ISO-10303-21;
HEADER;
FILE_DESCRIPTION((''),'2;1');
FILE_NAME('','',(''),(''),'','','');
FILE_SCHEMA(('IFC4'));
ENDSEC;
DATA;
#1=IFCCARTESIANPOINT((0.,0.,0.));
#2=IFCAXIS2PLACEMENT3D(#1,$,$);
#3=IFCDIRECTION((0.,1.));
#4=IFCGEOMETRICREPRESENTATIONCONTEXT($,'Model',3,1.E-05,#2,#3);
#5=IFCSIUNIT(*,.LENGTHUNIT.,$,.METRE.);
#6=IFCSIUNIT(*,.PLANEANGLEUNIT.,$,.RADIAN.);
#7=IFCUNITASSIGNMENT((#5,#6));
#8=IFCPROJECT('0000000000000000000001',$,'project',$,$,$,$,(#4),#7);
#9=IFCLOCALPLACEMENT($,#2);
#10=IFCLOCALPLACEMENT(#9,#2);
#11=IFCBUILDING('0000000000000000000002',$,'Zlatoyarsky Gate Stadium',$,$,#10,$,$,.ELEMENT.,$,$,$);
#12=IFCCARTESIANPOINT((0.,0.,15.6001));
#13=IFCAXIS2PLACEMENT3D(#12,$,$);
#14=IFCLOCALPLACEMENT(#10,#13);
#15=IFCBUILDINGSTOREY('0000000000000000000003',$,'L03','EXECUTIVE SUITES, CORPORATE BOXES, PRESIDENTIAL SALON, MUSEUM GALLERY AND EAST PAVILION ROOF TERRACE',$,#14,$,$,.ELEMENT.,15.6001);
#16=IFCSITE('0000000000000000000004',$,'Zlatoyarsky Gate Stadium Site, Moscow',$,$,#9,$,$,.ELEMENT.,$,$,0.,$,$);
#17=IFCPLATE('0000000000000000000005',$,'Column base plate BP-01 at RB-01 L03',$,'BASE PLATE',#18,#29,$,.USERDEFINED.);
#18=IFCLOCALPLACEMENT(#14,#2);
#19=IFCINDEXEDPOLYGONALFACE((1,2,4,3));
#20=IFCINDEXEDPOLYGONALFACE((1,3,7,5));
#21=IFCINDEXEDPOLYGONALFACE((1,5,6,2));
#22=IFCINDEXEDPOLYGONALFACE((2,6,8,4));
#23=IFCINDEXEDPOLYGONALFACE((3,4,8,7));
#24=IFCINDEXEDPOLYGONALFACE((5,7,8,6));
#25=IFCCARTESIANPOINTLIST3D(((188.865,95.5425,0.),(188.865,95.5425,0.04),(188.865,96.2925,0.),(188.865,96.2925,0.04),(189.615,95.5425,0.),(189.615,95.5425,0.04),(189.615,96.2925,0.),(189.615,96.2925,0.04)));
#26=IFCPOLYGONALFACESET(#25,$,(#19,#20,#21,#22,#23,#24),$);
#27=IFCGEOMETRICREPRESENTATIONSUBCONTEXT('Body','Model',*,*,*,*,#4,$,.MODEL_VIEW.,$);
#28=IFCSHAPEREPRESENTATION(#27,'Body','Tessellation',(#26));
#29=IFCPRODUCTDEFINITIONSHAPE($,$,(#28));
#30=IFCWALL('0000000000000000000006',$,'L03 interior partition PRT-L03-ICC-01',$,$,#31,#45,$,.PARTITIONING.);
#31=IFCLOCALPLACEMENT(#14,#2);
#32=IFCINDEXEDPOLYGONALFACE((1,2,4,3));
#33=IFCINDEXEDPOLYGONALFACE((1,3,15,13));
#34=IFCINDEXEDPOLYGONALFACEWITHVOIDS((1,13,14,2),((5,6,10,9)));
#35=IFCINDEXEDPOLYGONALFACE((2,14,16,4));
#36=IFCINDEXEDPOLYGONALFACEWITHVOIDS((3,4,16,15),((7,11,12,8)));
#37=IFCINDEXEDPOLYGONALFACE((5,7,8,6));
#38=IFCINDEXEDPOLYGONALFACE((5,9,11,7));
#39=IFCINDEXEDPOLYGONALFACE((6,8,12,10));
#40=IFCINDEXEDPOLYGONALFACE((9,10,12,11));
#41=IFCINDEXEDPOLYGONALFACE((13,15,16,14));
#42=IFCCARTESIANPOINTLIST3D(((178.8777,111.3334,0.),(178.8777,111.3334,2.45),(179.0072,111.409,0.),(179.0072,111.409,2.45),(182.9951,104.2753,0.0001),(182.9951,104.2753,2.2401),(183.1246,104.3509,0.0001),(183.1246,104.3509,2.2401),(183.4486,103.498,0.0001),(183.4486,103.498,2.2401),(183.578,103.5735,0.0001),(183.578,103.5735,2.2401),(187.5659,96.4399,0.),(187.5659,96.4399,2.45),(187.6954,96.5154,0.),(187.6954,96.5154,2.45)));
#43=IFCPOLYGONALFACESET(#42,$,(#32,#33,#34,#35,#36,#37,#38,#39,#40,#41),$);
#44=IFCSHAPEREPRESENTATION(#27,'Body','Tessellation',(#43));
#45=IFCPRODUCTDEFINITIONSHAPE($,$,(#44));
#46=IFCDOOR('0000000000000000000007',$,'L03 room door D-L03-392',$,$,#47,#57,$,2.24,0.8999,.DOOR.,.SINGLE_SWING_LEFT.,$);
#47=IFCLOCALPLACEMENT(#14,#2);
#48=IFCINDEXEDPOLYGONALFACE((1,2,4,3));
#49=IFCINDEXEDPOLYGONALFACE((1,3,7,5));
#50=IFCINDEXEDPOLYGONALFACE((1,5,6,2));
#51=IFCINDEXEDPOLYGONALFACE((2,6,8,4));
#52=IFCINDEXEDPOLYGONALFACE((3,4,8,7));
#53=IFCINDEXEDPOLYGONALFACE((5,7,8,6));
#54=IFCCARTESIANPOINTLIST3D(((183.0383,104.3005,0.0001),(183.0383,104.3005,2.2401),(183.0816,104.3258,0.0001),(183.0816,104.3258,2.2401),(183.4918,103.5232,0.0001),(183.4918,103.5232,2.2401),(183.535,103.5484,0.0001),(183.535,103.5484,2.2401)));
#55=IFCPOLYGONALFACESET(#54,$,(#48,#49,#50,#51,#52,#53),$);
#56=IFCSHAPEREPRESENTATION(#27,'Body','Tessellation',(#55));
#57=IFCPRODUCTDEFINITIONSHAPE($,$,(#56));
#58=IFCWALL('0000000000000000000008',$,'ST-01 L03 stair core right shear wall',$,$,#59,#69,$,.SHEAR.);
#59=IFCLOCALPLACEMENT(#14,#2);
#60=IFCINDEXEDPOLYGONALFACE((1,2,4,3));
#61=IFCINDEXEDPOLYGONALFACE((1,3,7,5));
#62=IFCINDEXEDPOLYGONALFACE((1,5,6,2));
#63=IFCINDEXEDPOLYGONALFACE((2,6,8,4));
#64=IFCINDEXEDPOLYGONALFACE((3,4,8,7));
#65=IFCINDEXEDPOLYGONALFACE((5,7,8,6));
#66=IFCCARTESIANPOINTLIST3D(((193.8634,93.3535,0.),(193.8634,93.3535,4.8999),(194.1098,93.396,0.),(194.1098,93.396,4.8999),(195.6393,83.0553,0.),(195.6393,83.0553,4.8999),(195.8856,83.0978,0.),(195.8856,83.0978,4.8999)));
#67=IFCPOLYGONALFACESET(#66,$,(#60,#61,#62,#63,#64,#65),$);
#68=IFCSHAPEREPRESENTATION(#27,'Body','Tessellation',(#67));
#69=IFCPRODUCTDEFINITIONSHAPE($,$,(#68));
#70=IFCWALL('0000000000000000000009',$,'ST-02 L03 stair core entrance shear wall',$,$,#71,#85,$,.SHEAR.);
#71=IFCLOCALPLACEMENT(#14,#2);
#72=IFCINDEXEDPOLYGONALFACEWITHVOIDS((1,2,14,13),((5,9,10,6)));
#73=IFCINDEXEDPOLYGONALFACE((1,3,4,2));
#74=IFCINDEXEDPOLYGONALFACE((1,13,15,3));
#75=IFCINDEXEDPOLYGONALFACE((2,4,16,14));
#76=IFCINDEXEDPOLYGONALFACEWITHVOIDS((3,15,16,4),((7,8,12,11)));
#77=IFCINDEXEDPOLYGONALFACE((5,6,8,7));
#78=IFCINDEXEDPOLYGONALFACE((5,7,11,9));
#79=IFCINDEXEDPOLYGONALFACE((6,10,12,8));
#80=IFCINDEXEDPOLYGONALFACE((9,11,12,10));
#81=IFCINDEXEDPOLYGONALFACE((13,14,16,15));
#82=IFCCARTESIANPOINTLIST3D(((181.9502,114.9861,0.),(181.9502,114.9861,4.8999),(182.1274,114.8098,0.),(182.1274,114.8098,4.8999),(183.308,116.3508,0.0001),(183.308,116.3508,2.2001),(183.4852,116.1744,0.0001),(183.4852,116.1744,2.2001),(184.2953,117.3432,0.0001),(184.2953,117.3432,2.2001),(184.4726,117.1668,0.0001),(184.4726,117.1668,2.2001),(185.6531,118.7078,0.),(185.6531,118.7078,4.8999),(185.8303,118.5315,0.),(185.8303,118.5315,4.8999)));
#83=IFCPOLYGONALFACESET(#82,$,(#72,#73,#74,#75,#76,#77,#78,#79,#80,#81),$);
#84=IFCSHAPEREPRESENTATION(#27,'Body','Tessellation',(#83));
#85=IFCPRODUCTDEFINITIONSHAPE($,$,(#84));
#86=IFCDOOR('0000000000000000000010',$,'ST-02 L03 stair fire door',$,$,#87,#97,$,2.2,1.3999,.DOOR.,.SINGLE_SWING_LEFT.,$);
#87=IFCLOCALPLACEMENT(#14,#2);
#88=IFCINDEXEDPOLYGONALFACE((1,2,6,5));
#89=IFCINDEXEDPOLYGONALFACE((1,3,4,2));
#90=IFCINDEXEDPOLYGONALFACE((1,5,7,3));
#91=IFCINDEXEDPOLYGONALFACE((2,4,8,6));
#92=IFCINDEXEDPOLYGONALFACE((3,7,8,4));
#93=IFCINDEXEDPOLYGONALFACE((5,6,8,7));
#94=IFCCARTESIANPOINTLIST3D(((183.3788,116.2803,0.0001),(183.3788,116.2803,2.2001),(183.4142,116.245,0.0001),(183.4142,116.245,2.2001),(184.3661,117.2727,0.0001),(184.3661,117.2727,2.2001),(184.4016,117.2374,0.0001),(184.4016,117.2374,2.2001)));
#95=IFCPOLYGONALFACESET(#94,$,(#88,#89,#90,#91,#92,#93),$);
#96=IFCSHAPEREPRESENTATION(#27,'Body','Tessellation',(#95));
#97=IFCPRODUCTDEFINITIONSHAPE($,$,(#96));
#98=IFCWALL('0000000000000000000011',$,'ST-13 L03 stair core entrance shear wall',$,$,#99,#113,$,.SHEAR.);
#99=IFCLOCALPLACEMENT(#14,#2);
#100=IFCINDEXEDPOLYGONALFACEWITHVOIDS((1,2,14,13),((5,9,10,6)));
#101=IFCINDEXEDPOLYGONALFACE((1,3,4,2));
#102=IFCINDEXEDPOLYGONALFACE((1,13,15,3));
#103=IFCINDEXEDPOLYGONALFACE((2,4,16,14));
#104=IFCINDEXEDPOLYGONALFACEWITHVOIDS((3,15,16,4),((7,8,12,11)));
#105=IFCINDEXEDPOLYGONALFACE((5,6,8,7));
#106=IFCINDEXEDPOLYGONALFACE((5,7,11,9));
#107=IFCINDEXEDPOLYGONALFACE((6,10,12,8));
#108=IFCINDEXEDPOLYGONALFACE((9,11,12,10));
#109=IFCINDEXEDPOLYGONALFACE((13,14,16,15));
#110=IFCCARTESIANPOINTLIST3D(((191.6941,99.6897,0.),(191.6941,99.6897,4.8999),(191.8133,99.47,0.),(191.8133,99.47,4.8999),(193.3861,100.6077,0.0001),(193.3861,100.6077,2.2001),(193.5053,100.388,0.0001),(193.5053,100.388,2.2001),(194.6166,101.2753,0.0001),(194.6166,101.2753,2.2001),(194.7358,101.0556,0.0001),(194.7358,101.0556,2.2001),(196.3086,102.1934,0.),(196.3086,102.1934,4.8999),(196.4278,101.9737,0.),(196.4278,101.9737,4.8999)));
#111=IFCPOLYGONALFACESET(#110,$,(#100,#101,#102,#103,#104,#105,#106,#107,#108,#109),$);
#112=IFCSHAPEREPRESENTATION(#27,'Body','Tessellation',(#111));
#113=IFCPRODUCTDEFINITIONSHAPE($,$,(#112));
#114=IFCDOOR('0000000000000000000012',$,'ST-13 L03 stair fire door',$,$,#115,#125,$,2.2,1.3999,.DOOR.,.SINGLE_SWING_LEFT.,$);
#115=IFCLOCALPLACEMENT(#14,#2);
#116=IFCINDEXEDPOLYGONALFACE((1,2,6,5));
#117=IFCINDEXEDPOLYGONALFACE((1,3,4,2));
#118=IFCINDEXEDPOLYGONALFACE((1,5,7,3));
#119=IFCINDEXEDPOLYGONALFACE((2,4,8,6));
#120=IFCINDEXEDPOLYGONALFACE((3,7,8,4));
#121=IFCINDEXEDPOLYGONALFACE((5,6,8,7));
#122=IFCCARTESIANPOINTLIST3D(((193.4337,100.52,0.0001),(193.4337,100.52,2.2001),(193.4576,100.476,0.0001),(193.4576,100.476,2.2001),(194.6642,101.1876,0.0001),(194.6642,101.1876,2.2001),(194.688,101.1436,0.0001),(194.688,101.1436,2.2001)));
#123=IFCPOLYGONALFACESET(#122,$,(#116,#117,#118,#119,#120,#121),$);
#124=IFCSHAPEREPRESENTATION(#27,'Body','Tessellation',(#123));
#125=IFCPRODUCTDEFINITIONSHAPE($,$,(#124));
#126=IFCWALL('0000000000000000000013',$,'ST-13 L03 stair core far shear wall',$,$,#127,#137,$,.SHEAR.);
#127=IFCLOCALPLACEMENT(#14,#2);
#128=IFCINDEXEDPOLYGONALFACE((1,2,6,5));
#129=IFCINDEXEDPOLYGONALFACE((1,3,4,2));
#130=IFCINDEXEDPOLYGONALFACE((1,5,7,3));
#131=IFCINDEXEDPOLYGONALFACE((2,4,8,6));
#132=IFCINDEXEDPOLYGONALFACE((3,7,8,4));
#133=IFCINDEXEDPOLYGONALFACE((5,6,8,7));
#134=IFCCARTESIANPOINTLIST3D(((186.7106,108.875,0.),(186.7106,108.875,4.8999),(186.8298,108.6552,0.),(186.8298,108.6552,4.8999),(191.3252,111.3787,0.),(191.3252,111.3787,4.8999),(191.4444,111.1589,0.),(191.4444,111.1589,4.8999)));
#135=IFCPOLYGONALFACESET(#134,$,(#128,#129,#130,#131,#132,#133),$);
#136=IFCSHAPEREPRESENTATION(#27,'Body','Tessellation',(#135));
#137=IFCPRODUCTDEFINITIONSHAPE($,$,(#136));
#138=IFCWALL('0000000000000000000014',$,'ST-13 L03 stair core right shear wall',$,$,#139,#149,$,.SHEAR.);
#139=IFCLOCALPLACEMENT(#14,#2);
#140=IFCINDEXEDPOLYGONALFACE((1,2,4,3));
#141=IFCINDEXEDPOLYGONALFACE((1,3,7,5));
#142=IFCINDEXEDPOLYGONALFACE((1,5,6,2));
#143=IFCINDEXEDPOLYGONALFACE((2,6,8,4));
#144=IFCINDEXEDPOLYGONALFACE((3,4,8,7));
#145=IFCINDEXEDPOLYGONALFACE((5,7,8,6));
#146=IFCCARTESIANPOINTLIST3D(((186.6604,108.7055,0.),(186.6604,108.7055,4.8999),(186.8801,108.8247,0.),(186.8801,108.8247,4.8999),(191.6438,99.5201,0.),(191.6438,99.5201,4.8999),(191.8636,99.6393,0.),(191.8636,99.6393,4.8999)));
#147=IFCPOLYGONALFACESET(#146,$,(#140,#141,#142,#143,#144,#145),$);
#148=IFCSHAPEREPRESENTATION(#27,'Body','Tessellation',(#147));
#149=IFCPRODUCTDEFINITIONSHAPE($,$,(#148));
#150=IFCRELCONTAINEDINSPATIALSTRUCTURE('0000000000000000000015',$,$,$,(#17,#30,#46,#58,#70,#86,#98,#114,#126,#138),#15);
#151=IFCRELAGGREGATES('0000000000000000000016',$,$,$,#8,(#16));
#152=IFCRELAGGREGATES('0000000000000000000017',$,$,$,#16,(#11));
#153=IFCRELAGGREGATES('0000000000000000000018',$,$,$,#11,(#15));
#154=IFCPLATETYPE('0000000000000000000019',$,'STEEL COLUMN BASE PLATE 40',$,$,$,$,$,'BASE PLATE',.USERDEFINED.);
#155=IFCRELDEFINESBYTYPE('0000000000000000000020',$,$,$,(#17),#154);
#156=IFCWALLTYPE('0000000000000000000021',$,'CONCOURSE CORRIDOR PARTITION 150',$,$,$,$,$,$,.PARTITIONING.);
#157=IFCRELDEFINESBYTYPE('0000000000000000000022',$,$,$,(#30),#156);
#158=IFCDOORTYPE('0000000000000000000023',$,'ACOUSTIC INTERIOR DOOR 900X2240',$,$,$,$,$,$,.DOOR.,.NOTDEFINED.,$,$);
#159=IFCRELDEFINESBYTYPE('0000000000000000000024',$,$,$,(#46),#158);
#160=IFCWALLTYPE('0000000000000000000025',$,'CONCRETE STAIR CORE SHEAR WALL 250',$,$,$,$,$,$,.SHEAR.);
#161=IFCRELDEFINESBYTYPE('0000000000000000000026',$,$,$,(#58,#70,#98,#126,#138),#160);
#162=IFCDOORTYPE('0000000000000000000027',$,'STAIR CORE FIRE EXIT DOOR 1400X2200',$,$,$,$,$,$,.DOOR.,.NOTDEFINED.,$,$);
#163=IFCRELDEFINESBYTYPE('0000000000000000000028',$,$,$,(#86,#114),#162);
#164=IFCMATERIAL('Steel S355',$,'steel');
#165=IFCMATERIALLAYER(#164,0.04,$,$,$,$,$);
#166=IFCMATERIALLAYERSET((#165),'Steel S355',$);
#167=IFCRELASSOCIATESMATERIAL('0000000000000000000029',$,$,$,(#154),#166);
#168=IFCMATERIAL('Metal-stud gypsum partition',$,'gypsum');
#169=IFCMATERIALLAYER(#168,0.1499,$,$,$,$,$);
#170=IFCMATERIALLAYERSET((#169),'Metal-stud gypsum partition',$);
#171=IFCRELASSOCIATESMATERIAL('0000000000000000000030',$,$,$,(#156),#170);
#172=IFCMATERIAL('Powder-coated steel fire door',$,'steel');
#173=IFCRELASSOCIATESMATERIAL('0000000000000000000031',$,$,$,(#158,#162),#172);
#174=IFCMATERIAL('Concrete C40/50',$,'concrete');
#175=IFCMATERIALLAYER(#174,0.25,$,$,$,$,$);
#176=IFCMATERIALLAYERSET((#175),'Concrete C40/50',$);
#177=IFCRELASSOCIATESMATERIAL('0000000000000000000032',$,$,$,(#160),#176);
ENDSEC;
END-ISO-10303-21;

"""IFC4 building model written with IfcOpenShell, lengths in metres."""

from ifc_helpers import new_model, si_unit, direction, frame, frame_2d, origin, origin_2d, place, context, subcontext, project, spatial, rectangle, extrude, material, layer, layer_set, type_object, element, fill, save


model = new_model("IFC4")

# Units and contexts
model_context = context("Model", 3, precision=1e-05, world=origin(), true_north=direction((0.0, 1.0)))
body_context = subcontext(model_context, "Body", "Model", "MODEL_VIEW")
ifc_project = project(units=[si_unit("LENGTHUNIT", "METRE"), si_unit("PLANEANGLEUNIT", "RADIAN")], contexts=[model_context])

# Site, building, storey
site_placement = place(None, origin())
site = spatial("IfcSite", under=ifc_project, at=site_placement, Name="Zlatoyarsky Gate Stadium Site, Moscow", CompositionType="ELEMENT", RefElevation=0.0)
building_placement = place(site_placement, origin())
building = spatial("IfcBuilding", under=site, at=building_placement, Name="Zlatoyarsky Gate Stadium", CompositionType="ELEMENT")
storey_placement = place(building_placement, frame((0.0, 0.0, 15.6001)))
storey = spatial("IfcBuildingStorey", under=building, at=storey_placement, Name="L03", Description="EXECUTIVE SUITES, CORPORATE BOXES, PRESIDENTIAL SALON, MUSEUM GALLERY AND EAST PAVILION ROOF TERRACE", CompositionType="ELEMENT", Elevation=15.6001)

# Shared definitions
ifc_material_1 = material(Name="Steel S355", Category="steel")

# Plate
ifc_layer_1 = layer(ifc_material_1, 0.04)
ifc_layer_set_1 = layer_set([ifc_layer_1], Name="Steel S355")
plate_type = type_object("IfcPlateType", Name="STEEL COLUMN BASE PLATE 40", ElementType="BASE PLATE", PredefinedType="USERDEFINED", material=ifc_layer_set_1)
plate_placement = place(storey_placement, frame((189.24, 95.9175, 0.0), z_axis=(0.0, 0.0, 1.0), x_axis=(1.0, 0.0, 0.0)))
element("IfcPlate", 1, at=plate_placement, inside=storey, type_object=plate_type, Name="Column base plate BP-01 at RB-01 L03", ObjectType="BASE PLATE", PredefinedType="USERDEFINED", context=body_context, shape_type="SweptSolid", body=[
    extrude(rectangle(XDim=0.75, YDim=0.75, at=origin_2d()), origin(), (0.0, 0.0, 1.0), 0.04),
])

# Wall, opening, door
ifc_material_2 = material(Name="Metal-stud gypsum partition", Category="gypsum")
ifc_layer_2 = layer(ifc_material_2, 0.1499)
ifc_layer_set_2 = layer_set([ifc_layer_2], Name="Metal-stud gypsum partition")
wall_type_1 = type_object("IfcWallType", Name="CONCOURSE CORRIDOR PARTITION 150", PredefinedType="PARTITIONING", material=ifc_layer_set_2)
wall_1_placement = place(storey_placement, frame((187.6306, 96.4778, 0.0), z_axis=(0.0, 0.0, 1.0), x_axis=(-0.503885, 0.863771, 0.0)))
wall_1 = element("IfcWall", 2, at=wall_1_placement, inside=storey, type_object=wall_type_1, Name="L03 interior partition PRT-L03-ICC-01", PredefinedType="PARTITIONING", context=body_context, shape_type="SweptSolid", body=[
    extrude(rectangle(XDim=17.2424, YDim=0.1499, at=frame_2d((8.6211, 0.0))), origin(), (0.0, 0.0, 1.0), 2.45),
])
opening_1_placement = place(wall_1_placement, frame((8.1711, 0.0, 0.0)))
opening_1 = element("IfcOpeningElement", 3, at=opening_1_placement, cuts=wall_1, PredefinedType="OPENING", context=body_context, shape_type="SweptSolid", body=[
    extrude(rectangle(XDim=0.8999, YDim=2.24, at=frame_2d((0.45, 1.1201))), frame((0.0, 0.085, 0.0), z_axis=(0.0, -1.0, 0.0), x_axis=(1.0, 0.0, 0.0)), (0.0, 0.0, 1.0), 0.1699),
])
ifc_material_3 = material(Name="Powder-coated steel fire door", Category="steel")
door_type_1 = type_object("IfcDoorType", Name="ACOUSTIC INTERIOR DOOR 900X2240", OperationType="NOTDEFINED", PredefinedType="DOOR", material=ifc_material_3)
door_1_placement = place(opening_1_placement, origin())
door_1 = element("IfcDoor", 4, at=door_1_placement, inside=storey, type_object=door_type_1, Name="L03 room door D-L03-392", OperationType="SINGLE_SWING_LEFT", OverallHeight=2.24, OverallWidth=0.8999, PredefinedType="DOOR", context=body_context, shape_type="SweptSolid", body=[
    extrude(rectangle(XDim=0.8999, YDim=2.24, at=frame_2d((0.45, 1.1201))), frame((0.0, 0.0249, 0.0), z_axis=(0.0, -1.0, 0.0), x_axis=(1.0, 0.0, 0.0)), (0.0, 0.0, 1.0), 0.05),
])
fill(opening_1, door_1)

# Wall
ifc_material_4 = material(Name="Concrete C40/50", Category="concrete")
ifc_layer_3 = layer(ifc_material_4, 0.25)
ifc_layer_set_3 = layer_set([ifc_layer_3], Name="Concrete C40/50")
wall_type_2 = type_object("IfcWallType", Name="CONCRETE STAIR CORE SHEAR WALL 250", PredefinedType="SHEAR", material=ifc_layer_set_3)
wall_2_placement = place(storey_placement, frame((193.9866, 93.3748, 0.0), z_axis=(0.0, 0.0, 1.0), x_axis=(0.169939, -0.985455, 0.0)))
element("IfcWall", 5, at=wall_2_placement, inside=storey, type_object=wall_type_2, Name="ST-01 L03 stair core right shear wall", PredefinedType="SHEAR", context=body_context, shape_type="SweptSolid", body=[
    extrude(rectangle(XDim=10.4502, YDim=0.25, at=frame_2d((5.2251, 0.0))), origin(), (0.0, 0.0, 1.0), 4.8999),
])

# Walls, openings, doors
wall_3_placement = place(storey_placement, frame((182.0388, 114.8979, 0.0), z_axis=(0.0, 0.0, 1.0), x_axis=(0.705314, 0.708895, 0.0)))
wall_3 = element("IfcWall", 6, at=wall_3_placement, inside=storey, type_object=wall_type_2, Name="ST-02 L03 stair core entrance shear wall", PredefinedType="SHEAR", context=body_context, shape_type="SweptSolid", body=[
    extrude(rectangle(XDim=5.25, YDim=0.25, at=frame_2d((2.625, 0.0))), origin(), (0.0, 0.0, 1.0), 4.8999),
])
opening_2_placement = place(wall_3_placement, frame((1.925, 0.0, 0.0)))
opening_2 = element("IfcOpeningElement", 7, at=opening_2_placement, cuts=wall_3, PredefinedType="OPENING", context=body_context, shape_type="SweptSolid", body=[
    extrude(rectangle(XDim=1.3999, YDim=2.2, at=frame_2d((0.7, 1.1001))), frame((0.0, 0.135, 0.0), z_axis=(0.0, -1.0, 0.0), x_axis=(1.0, 0.0, 0.0)), (0.0, 0.0, 1.0), 0.27),
])
door_type_2 = type_object("IfcDoorType", Name="STAIR CORE FIRE EXIT DOOR 1400X2200", OperationType="NOTDEFINED", PredefinedType="DOOR", material=ifc_material_3)
door_2_placement = place(opening_2_placement, frame((1.3999, 0.0, 0.0), z_axis=(0.0, 0.0, 1.0), x_axis=(-1.0, 0.0, 0.0)))
door_2 = element("IfcDoor", 8, at=door_2_placement, inside=storey, type_object=door_type_2, Name="ST-02 L03 stair fire door", OperationType="SINGLE_SWING_LEFT", OverallHeight=2.2, OverallWidth=1.3999, PredefinedType="DOOR", context=body_context, shape_type="SweptSolid", body=[
    extrude(rectangle(XDim=1.3999, YDim=2.2, at=frame_2d((0.7, 1.1001))), frame((0.0, 0.0249, 0.0), z_axis=(0.0, -1.0, 0.0), x_axis=(1.0, 0.0, 0.0)), (0.0, 0.0, 1.0), 0.05),
])
fill(opening_2, door_2)
wall_4_placement = place(storey_placement, frame((191.7537, 99.5798, 0.0), z_axis=(0.0, 0.0, 1.0), x_axis=(0.878961, 0.476893, 0.0)))
wall_4 = element("IfcWall", 9, at=wall_4_placement, inside=storey, type_object=wall_type_2, Name="ST-13 L03 stair core entrance shear wall", PredefinedType="SHEAR", context=body_context, shape_type="SweptSolid", body=[
    extrude(rectangle(XDim=5.25, YDim=0.25, at=frame_2d((2.625, 0.0))), origin(), (0.0, 0.0, 1.0), 4.8999),
])
opening_3_placement = place(wall_4_placement, frame((1.925, 0.0, 0.0)))
opening_3 = element("IfcOpeningElement", 10, at=opening_3_placement, cuts=wall_4, PredefinedType="OPENING", context=body_context, shape_type="SweptSolid", body=[
    extrude(rectangle(XDim=1.3999, YDim=2.2, at=frame_2d((0.7, 1.1001))), frame((0.0, 0.135, 0.0), z_axis=(0.0, -1.0, 0.0), x_axis=(1.0, 0.0, 0.0)), (0.0, 0.0, 1.0), 0.27),
])
door_3_placement = place(opening_3_placement, frame((1.3999, 0.0, 0.0), z_axis=(0.0, 0.0, 1.0), x_axis=(-1.0, 0.0, 0.0)))
door_3 = element("IfcDoor", 11, at=door_3_placement, inside=storey, type_object=door_type_2, Name="ST-13 L03 stair fire door", OperationType="SINGLE_SWING_LEFT", OverallHeight=2.2, OverallWidth=1.3999, PredefinedType="DOOR", context=body_context, shape_type="SweptSolid", body=[
    extrude(rectangle(XDim=1.3999, YDim=2.2, at=frame_2d((0.7, 1.1001))), frame((0.0, 0.0249, 0.0), z_axis=(0.0, -1.0, 0.0), x_axis=(1.0, 0.0, 0.0)), (0.0, 0.0, 1.0), 0.05),
])
fill(opening_3, door_3)

# Walls
wall_5_placement = place(storey_placement, frame((191.3848, 111.2688, 0.0), z_axis=(0.0, 0.0, 1.0), x_axis=(-0.878961, -0.476893, 0.0)))
element("IfcWall", 12, at=wall_5_placement, inside=storey, type_object=wall_type_2, Name="ST-13 L03 stair core far shear wall", PredefinedType="SHEAR", context=body_context, shape_type="SweptSolid", body=[
    extrude(rectangle(XDim=5.25, YDim=0.25, at=frame_2d((2.625, 0.0))), origin(), (0.0, 0.0, 1.0), 4.8999),
])
wall_6_placement = place(storey_placement, frame((186.7703, 108.7651, 0.0), z_axis=(0.0, 0.0, 1.0), x_axis=(0.476877, -0.87897, 0.0)))
element("IfcWall", 13, at=wall_6_placement, inside=storey, type_object=wall_type_2, Name="ST-13 L03 stair core right shear wall", PredefinedType="SHEAR", context=body_context, shape_type="SweptSolid", body=[
    extrude(rectangle(XDim=10.4502, YDim=0.25, at=frame_2d((5.2251, 0.0))), origin(), (0.0, 0.0, 1.0), 4.8999),
])

save(model, "model.ifc")
